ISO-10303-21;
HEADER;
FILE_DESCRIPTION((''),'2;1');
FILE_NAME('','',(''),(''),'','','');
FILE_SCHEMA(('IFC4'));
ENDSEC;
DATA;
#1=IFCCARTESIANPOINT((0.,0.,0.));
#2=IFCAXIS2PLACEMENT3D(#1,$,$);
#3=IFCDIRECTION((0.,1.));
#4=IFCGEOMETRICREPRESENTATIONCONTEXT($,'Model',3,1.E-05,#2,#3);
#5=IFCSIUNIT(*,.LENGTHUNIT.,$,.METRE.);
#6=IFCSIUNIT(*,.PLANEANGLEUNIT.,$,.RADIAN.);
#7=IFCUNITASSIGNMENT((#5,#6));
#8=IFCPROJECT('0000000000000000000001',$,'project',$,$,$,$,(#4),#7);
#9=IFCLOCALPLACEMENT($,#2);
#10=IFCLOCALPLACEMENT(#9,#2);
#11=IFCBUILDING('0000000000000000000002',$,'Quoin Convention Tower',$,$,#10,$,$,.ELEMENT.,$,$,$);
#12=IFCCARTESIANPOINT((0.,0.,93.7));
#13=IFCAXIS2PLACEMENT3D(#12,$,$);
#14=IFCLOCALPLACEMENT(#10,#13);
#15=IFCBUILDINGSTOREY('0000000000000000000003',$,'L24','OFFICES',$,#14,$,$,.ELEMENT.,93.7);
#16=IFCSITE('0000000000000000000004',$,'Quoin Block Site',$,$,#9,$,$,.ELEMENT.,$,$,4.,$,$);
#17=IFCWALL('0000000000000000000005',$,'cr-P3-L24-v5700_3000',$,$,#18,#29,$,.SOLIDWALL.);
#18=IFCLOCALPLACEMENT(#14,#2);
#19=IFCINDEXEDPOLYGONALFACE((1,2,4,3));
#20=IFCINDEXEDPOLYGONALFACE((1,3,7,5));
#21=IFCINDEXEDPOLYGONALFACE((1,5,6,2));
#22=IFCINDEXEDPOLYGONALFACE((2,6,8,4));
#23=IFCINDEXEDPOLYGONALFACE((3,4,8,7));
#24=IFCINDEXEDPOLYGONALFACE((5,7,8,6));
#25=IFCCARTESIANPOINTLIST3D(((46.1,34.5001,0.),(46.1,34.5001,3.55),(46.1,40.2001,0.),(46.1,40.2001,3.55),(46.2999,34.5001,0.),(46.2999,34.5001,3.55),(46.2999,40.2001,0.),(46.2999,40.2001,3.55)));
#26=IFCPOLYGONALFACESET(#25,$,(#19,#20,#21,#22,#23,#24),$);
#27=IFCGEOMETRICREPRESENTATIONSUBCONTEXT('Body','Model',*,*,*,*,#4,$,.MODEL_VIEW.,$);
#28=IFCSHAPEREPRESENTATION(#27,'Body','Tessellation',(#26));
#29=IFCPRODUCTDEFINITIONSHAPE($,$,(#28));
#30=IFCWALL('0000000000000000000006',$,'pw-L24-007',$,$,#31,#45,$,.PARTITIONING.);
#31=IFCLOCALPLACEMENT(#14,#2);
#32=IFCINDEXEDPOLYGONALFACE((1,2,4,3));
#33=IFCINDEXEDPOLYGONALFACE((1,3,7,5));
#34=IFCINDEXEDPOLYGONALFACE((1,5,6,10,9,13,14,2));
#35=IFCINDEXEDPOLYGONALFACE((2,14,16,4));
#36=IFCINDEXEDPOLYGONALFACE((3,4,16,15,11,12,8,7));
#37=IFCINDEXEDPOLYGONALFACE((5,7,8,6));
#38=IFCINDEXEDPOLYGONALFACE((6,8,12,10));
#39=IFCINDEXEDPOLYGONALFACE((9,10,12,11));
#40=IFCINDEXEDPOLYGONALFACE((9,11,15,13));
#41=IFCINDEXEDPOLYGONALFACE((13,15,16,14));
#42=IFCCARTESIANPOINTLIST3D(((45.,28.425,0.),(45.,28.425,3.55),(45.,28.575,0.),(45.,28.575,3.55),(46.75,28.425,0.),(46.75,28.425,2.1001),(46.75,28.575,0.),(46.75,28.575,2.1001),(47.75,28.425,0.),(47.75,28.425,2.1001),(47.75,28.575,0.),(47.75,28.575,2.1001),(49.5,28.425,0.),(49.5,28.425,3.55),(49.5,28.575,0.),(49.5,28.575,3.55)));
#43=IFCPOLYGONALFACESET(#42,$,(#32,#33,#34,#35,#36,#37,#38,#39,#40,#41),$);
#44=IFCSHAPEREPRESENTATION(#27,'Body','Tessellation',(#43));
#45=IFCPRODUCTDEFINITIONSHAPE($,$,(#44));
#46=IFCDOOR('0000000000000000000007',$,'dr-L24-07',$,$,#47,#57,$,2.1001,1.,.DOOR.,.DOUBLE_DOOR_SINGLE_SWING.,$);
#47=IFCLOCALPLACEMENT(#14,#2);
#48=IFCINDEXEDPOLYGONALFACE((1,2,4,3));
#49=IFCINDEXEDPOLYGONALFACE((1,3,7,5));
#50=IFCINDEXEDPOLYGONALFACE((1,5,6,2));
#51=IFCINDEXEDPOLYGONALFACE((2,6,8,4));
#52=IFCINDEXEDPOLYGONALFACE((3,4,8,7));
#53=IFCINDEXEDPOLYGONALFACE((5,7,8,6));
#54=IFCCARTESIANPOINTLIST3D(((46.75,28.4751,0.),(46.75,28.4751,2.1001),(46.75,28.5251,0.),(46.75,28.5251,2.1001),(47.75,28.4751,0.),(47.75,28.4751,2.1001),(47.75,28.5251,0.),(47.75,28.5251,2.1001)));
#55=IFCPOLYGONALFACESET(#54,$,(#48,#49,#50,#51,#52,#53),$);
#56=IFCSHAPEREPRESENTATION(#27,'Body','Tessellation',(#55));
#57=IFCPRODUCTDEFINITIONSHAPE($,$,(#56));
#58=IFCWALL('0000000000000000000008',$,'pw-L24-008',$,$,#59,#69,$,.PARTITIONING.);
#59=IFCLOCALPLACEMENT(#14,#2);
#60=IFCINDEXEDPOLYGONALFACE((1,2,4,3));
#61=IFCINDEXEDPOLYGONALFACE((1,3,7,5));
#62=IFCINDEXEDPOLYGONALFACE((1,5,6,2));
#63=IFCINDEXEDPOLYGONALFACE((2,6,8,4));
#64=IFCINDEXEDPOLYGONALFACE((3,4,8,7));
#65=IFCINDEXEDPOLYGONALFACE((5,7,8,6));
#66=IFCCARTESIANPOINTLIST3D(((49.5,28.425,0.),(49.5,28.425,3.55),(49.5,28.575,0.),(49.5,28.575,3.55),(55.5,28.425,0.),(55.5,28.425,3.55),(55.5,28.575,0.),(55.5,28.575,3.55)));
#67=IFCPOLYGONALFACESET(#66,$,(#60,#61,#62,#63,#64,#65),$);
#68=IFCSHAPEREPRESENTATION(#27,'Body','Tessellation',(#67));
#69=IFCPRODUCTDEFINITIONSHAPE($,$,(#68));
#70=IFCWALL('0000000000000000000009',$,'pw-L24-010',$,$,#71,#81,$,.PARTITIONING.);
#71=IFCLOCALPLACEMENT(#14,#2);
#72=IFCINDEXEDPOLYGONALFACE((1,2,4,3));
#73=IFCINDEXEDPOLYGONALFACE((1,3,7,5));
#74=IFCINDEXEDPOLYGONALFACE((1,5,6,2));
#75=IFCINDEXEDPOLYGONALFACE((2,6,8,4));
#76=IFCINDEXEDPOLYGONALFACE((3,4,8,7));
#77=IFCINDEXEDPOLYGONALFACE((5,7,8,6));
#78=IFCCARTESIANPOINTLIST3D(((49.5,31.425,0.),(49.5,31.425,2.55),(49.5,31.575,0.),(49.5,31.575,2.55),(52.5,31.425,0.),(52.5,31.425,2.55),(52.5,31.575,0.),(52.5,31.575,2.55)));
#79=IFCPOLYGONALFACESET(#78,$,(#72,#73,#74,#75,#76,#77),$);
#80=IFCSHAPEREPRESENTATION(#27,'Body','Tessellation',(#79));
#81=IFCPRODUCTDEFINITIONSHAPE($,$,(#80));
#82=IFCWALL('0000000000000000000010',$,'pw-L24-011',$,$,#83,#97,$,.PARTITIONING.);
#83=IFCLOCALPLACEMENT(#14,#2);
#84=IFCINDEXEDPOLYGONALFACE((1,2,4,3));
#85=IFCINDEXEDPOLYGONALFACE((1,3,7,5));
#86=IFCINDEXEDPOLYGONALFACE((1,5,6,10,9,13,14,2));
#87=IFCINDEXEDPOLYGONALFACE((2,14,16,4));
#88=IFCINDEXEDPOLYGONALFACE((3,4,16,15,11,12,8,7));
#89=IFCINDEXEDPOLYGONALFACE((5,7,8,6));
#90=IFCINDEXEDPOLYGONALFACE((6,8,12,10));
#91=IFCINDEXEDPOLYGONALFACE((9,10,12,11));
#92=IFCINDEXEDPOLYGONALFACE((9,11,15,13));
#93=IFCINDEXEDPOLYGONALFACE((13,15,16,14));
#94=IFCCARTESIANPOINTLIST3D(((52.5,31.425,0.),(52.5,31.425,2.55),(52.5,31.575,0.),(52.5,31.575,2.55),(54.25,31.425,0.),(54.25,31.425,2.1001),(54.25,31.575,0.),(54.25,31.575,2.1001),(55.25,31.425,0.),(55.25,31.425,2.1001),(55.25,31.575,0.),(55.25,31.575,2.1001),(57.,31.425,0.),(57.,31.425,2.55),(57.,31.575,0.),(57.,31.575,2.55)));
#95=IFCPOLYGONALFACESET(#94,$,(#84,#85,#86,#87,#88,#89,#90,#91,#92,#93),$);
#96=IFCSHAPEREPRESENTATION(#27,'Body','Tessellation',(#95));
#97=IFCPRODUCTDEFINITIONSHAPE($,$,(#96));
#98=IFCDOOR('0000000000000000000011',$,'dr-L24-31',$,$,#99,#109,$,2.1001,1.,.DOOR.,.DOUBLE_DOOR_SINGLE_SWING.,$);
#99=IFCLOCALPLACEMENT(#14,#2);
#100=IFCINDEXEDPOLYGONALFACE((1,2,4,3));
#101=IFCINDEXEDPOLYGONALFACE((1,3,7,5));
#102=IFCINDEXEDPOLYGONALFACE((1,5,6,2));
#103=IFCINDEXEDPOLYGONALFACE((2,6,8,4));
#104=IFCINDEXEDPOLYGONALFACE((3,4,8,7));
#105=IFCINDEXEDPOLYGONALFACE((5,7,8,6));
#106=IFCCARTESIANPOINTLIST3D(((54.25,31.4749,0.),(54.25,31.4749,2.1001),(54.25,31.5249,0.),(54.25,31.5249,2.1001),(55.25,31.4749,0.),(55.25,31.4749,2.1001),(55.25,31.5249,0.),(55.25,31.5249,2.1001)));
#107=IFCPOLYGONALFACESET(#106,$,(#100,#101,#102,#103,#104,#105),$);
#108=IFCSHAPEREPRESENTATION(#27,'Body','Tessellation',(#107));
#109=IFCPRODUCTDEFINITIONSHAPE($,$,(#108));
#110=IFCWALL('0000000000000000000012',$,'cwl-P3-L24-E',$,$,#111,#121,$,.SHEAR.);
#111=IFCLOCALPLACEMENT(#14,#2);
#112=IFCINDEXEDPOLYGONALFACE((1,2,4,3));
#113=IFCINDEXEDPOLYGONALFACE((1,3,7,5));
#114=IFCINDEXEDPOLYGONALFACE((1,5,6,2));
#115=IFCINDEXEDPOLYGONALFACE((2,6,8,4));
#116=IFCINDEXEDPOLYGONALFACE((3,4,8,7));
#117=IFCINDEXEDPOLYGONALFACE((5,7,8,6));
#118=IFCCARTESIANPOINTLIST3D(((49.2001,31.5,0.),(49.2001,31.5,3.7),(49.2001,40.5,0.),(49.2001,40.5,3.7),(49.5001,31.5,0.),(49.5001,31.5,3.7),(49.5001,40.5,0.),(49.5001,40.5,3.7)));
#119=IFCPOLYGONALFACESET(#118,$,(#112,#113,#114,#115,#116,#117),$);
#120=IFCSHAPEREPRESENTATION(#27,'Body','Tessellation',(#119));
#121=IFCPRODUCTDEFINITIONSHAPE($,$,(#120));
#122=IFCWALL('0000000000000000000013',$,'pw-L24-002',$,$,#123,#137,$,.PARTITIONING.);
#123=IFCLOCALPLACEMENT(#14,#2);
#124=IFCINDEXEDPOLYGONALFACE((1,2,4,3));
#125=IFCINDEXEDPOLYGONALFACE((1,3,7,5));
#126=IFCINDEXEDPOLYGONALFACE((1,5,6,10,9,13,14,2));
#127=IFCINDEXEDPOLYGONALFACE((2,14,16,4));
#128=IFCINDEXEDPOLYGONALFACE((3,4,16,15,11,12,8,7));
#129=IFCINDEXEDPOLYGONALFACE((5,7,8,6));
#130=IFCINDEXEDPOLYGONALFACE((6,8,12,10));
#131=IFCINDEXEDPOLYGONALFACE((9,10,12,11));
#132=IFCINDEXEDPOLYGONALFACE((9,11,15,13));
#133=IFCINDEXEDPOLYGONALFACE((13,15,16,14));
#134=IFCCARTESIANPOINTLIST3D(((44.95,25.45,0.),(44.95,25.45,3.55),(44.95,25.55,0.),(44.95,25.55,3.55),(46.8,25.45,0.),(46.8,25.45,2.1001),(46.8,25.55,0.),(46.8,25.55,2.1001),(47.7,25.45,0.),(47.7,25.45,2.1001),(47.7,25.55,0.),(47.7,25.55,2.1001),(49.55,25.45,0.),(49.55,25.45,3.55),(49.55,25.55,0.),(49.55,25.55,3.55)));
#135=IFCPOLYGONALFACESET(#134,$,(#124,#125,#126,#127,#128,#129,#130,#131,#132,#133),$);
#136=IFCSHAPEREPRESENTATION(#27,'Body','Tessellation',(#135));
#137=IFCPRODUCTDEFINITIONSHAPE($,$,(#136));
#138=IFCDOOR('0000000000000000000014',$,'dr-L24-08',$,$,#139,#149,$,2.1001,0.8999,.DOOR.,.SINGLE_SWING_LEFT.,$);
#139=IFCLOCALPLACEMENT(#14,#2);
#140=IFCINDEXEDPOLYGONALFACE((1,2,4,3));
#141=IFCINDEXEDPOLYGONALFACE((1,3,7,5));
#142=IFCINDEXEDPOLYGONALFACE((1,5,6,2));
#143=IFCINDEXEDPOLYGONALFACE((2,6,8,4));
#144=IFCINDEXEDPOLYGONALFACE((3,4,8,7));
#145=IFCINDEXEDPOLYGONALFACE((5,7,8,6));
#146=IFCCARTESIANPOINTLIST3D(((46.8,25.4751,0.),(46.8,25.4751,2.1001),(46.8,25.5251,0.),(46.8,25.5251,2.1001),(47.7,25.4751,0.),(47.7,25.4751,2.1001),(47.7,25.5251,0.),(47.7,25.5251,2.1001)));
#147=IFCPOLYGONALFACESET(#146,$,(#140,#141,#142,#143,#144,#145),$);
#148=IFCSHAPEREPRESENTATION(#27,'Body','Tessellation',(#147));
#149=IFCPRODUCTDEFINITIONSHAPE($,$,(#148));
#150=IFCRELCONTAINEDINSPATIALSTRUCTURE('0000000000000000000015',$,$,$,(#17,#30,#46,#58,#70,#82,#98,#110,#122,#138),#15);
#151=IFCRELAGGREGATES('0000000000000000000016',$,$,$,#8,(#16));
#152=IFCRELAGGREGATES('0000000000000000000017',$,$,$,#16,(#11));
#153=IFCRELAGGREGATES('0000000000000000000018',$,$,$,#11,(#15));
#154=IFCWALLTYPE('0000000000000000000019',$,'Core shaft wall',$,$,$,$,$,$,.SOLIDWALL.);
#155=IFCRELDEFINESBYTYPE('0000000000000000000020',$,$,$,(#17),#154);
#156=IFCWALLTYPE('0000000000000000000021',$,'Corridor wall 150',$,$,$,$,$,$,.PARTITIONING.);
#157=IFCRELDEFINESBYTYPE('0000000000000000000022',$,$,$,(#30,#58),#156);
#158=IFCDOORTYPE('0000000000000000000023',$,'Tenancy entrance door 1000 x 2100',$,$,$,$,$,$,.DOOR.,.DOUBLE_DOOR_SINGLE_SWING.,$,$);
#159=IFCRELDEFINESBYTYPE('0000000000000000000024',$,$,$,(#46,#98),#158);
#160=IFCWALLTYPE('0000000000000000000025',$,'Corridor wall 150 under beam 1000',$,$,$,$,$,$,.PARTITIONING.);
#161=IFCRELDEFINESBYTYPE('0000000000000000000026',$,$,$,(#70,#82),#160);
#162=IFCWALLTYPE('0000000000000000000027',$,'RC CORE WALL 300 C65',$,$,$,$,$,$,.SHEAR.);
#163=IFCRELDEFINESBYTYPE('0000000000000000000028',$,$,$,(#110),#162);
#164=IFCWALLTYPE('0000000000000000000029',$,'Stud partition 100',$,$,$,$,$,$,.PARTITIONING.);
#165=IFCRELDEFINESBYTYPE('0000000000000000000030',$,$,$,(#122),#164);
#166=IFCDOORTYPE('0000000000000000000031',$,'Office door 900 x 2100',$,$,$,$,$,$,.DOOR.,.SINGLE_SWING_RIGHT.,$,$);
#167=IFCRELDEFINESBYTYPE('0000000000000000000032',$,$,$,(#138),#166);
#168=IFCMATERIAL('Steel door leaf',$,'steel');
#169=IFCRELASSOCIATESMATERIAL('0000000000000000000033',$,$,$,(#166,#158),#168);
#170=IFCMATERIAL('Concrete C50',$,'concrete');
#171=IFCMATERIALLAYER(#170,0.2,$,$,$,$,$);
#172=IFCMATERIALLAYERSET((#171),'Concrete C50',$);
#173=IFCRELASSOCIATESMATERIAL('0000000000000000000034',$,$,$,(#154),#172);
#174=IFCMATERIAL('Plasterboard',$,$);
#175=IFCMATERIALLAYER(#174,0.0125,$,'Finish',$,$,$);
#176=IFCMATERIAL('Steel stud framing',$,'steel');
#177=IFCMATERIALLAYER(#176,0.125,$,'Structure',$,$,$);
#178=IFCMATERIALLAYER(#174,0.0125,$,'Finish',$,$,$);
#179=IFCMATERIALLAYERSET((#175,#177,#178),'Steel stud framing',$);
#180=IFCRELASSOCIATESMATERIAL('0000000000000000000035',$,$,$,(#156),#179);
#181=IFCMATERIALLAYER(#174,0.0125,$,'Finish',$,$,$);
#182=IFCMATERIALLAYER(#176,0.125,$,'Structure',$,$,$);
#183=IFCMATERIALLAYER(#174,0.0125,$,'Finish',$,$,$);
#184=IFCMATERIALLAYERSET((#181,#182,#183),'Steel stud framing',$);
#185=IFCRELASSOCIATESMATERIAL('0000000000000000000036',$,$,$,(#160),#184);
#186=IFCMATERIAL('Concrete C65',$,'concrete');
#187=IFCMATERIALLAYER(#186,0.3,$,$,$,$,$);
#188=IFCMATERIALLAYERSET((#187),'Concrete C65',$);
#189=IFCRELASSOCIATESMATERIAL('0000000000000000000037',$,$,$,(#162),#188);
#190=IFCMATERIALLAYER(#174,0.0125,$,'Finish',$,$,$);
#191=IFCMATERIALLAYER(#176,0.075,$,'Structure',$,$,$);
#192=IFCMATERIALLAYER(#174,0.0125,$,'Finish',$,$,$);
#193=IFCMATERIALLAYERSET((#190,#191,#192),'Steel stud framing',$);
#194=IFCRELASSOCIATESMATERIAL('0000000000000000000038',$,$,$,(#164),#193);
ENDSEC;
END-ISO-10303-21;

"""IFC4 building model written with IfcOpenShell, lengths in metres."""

from ifc_helpers import new_model, si_unit, direction, frame, frame_2d, origin, place, context, subcontext, project, spatial, rectangle, extrude, material, layer, layer_set, type_object, element, fill, save


model = new_model("IFC4")

# Units and contexts
model_context = context("Model", 3, precision=1e-05, world=origin(), true_north=direction((0.0, 1.0)))
body_context = subcontext(model_context, "Body", "Model", "MODEL_VIEW")
ifc_project = project(units=[si_unit("LENGTHUNIT", "METRE"), si_unit("PLANEANGLEUNIT", "RADIAN")], contexts=[model_context])

# Site, building, storey
site_placement = place(None, origin())
site = spatial("IfcSite", under=ifc_project, at=site_placement, Name="Quoin Block Site", CompositionType="ELEMENT", RefElevation=4.0)
building_placement = place(site_placement, origin())
building = spatial("IfcBuilding", under=site, at=building_placement, Name="Quoin Convention Tower", CompositionType="ELEMENT")
storey_placement = place(building_placement, frame((0.0, 0.0, 93.7)))
storey = spatial("IfcBuildingStorey", under=building, at=storey_placement, Name="L24", Description="OFFICES", CompositionType="ELEMENT", Elevation=93.7)

# Shared definitions
ifc_material_1 = material(Name="Concrete C65", Category="concrete")

# Shared definitions
ifc_material_2 = material(Name="Plasterboard")
ifc_material_3 = material(Name="Steel stud framing", Category="steel")
ifc_material_4 = material(Name="Steel door leaf", Category="steel")
door_type_1 = type_object("IfcDoorType", Name="Office door 900 x 2100", OperationType="SINGLE_SWING_RIGHT", PredefinedType="DOOR", material=ifc_material_4)

# Wall
ifc_material_5 = material(Name="Concrete C50", Category="concrete")
ifc_layer_1 = layer(ifc_material_5, 0.2)
ifc_layer_set_1 = layer_set([ifc_layer_1], Name="Concrete C50")
wall_type_1 = type_object("IfcWallType", Name="Core shaft wall", PredefinedType="SOLIDWALL", material=ifc_layer_set_1)
wall_1_placement = place(storey_placement, frame((46.2, 34.5, 0.0), z_axis=(0.0, 0.0, 1.0), x_axis=(0.0, 1.0, 0.0)))
element("IfcWall", 1, at=wall_1_placement, inside=storey, type_object=wall_type_1, Name="cr-P3-L24-v5700_3000", PredefinedType="SOLIDWALL", context=body_context, shape_type="SweptSolid", body=[
    extrude(rectangle(XDim=5.7, YDim=0.2, at=frame_2d((2.8501, 0.0))), origin(), (0.0, 0.0, 1.0), 3.55),
])

# Wall, opening, door
ifc_layer_2 = layer(ifc_material_2, 0.0125, Name="Finish")
ifc_layer_3 = layer(ifc_material_3, 0.125, Name="Structure")
ifc_layer_4 = layer(ifc_material_2, 0.0125, Name="Finish")
ifc_layer_set_2 = layer_set([ifc_layer_2, ifc_layer_3, ifc_layer_4], Name="Steel stud framing")
wall_type_2 = type_object("IfcWallType", Name="Corridor wall 150", PredefinedType="PARTITIONING", material=ifc_layer_set_2)
wall_2_placement = place(storey_placement, frame((45.0, 28.5, 0.0), z_axis=(0.0, 0.0, 1.0), x_axis=(1.0, 0.0, 0.0)))
wall_2 = element("IfcWall", 2, at=wall_2_placement, inside=storey, type_object=wall_type_2, Name="pw-L24-007", PredefinedType="PARTITIONING", context=body_context, shape_type="SweptSolid", body=[
    extrude(rectangle(XDim=4.5, YDim=0.1499, at=frame_2d((2.25, 0.0))), origin(), (0.0, 0.0, 1.0), 3.55),
])
opening_1_placement = place(wall_2_placement, frame((1.75, 0.0, 0.0)))
opening_1 = element("IfcOpeningElement", 3, at=opening_1_placement, cuts=wall_2, PredefinedType="OPENING", context=body_context, shape_type="SweptSolid", body=[
    extrude(rectangle(XDim=1.0, YDim=2.1001, at=frame_2d((0.5, 1.05))), frame((0.0, 0.085, 0.0), z_axis=(0.0, -1.0, 0.0), x_axis=(1.0, 0.0, 0.0)), (0.0, 0.0, 1.0), 0.1699),
])
door_type_2 = type_object("IfcDoorType", Name="Tenancy entrance door 1000 x 2100", OperationType="DOUBLE_DOOR_SINGLE_SWING", PredefinedType="DOOR", material=ifc_material_4)
door_1_placement = place(opening_1_placement, frame((1.0, 0.0, 0.0), z_axis=(0.0, 0.0, 1.0), x_axis=(-1.0, 0.0, 0.0)))
door_1 = element("IfcDoor", 4, at=door_1_placement, inside=storey, type_object=door_type_2, Name="dr-L24-07", OperationType="DOUBLE_DOOR_SINGLE_SWING", OverallHeight=2.1001, OverallWidth=1.0, PredefinedType="DOOR", context=body_context, shape_type="SweptSolid", body=[
    extrude(rectangle(XDim=1.0, YDim=2.1001, at=frame_2d((0.5, 1.05))), frame((0.0, 0.0249, 0.0), z_axis=(0.0, -1.0, 0.0), x_axis=(1.0, 0.0, 0.0)), (0.0, 0.0, 1.0), 0.05),
])
fill(opening_1, door_1)

# Walls
wall_3_placement = place(storey_placement, frame((49.5, 28.5, 0.0), z_axis=(0.0, 0.0, 1.0), x_axis=(1.0, 0.0, 0.0)))
element("IfcWall", 5, at=wall_3_placement, inside=storey, type_object=wall_type_2, Name="pw-L24-008", PredefinedType="PARTITIONING", context=body_context, shape_type="SweptSolid", body=[
    extrude(rectangle(XDim=6.0, YDim=0.1499, at=frame_2d((3.0, 0.0))), origin(), (0.0, 0.0, 1.0), 3.55),
])
ifc_layer_5 = layer(ifc_material_2, 0.0125, Name="Finish")
ifc_layer_6 = layer(ifc_material_3, 0.125, Name="Structure")
ifc_layer_7 = layer(ifc_material_2, 0.0125, Name="Finish")
ifc_layer_set_3 = layer_set([ifc_layer_5, ifc_layer_6, ifc_layer_7], Name="Steel stud framing")
wall_type_3 = type_object("IfcWallType", Name="Corridor wall 150 under beam 1000", PredefinedType="PARTITIONING", material=ifc_layer_set_3)
wall_4_placement = place(storey_placement, frame((49.5, 31.5, 0.0), z_axis=(0.0, 0.0, 1.0), x_axis=(1.0, 0.0, 0.0)))
element("IfcWall", 6, at=wall_4_placement, inside=storey, type_object=wall_type_3, Name="pw-L24-010", PredefinedType="PARTITIONING", context=body_context, shape_type="SweptSolid", body=[
    extrude(rectangle(XDim=3.0, YDim=0.1499, at=frame_2d((1.5, 0.0))), origin(), (0.0, 0.0, 1.0), 2.55),
])

# Wall, opening, door
wall_5_placement = place(storey_placement, frame((52.5, 31.5, 0.0), z_axis=(0.0, 0.0, 1.0), x_axis=(1.0, 0.0, 0.0)))
wall_5 = element("IfcWall", 7, at=wall_5_placement, inside=storey, type_object=wall_type_3, Name="pw-L24-011", PredefinedType="PARTITIONING", context=body_context, shape_type="SweptSolid", body=[
    extrude(rectangle(XDim=4.5, YDim=0.1499, at=frame_2d((2.25, 0.0))), origin(), (0.0, 0.0, 1.0), 2.55),
])
opening_2_placement = place(wall_5_placement, frame((1.75, 0.0, 0.0)))
opening_2 = element("IfcOpeningElement", 8, at=opening_2_placement, cuts=wall_5, PredefinedType="OPENING", context=body_context, shape_type="SweptSolid", body=[
    extrude(rectangle(XDim=1.0, YDim=2.1001, at=frame_2d((0.5, 1.05))), frame((0.0, 0.085, 0.0), z_axis=(0.0, -1.0, 0.0), x_axis=(1.0, 0.0, 0.0)), (0.0, 0.0, 1.0), 0.1699),
])
door_2_placement = place(opening_2_placement, origin())
door_2 = element("IfcDoor", 9, at=door_2_placement, inside=storey, type_object=door_type_2, Name="dr-L24-31", OperationType="DOUBLE_DOOR_SINGLE_SWING", OverallHeight=2.1001, OverallWidth=1.0, PredefinedType="DOOR", context=body_context, shape_type="SweptSolid", body=[
    extrude(rectangle(XDim=1.0, YDim=2.1001, at=frame_2d((0.5, 1.05))), frame((0.0, 0.0249, 0.0), z_axis=(0.0, -1.0, 0.0), x_axis=(1.0, 0.0, 0.0)), (0.0, 0.0, 1.0), 0.05),
])
fill(opening_2, door_2)

# Wall
ifc_layer_8 = layer(ifc_material_1, 0.3)
ifc_layer_set_4 = layer_set([ifc_layer_8], Name="Concrete C65")
wall_type_4 = type_object("IfcWallType", Name="RC CORE WALL 300 C65", PredefinedType="SHEAR", material=ifc_layer_set_4)
wall_6_placement = place(storey_placement, frame((49.3501, 31.5, 0.0), z_axis=(0.0, 0.0, 1.0), x_axis=(0.0, 1.0, 0.0)))
element("IfcWall", 10, at=wall_6_placement, inside=storey, type_object=wall_type_4, Name="cwl-P3-L24-E", PredefinedType="SHEAR", context=body_context, shape_type="SweptSolid", body=[
    extrude(rectangle(XDim=9.0, YDim=0.3, at=frame_2d((4.5, 0.0))), origin(), (0.0, 0.0, 1.0), 3.7),
])

# Wall, opening, door
ifc_layer_9 = layer(ifc_material_2, 0.0125, Name="Finish")
ifc_layer_10 = layer(ifc_material_3, 0.075, Name="Structure")
ifc_layer_11 = layer(ifc_material_2, 0.0125, Name="Finish")
ifc_layer_set_5 = layer_set([ifc_layer_9, ifc_layer_10, ifc_layer_11], Name="Steel stud framing")
wall_type_5 = type_object("IfcWallType", Name="Stud partition 100", PredefinedType="PARTITIONING", material=ifc_layer_set_5)
wall_7_placement = place(storey_placement, frame((44.95, 25.5, 0.0), z_axis=(0.0, 0.0, 1.0), x_axis=(1.0, 0.0, 0.0)))
wall_7 = element("IfcWall", 11, at=wall_7_placement, inside=storey, type_object=wall_type_5, Name="pw-L24-002", PredefinedType="PARTITIONING", context=body_context, shape_type="SweptSolid", body=[
    extrude(rectangle(XDim=4.6001, YDim=0.1001, at=frame_2d((2.3, 0.0))), origin(), (0.0, 0.0, 1.0), 3.55),
])
opening_3_placement = place(wall_7_placement, frame((1.8501, 0.0, 0.0)))
opening_3 = element("IfcOpeningElement", 12, at=opening_3_placement, cuts=wall_7, PredefinedType="OPENING", context=body_context, shape_type="SweptSolid", body=[
    extrude(rectangle(XDim=0.8999, YDim=2.1001, at=frame_2d((0.45, 1.05))), frame((0.0, 0.0601, 0.0), z_axis=(0.0, -1.0, 0.0), x_axis=(1.0, 0.0, 0.0)), (0.0, 0.0, 1.0), 0.1201),
])
door_3_placement = place(opening_3_placement, frame((0.8999, 0.0, 0.0), z_axis=(0.0, 0.0, 1.0), x_axis=(-1.0, 0.0, 0.0)))
door_3 = element("IfcDoor", 13, at=door_3_placement, inside=storey, type_object=door_type_1, Name="dr-L24-08", OperationType="SINGLE_SWING_LEFT", OverallHeight=2.1001, OverallWidth=0.8999, PredefinedType="DOOR", context=body_context, shape_type="SweptSolid", body=[
    extrude(rectangle(XDim=0.8999, YDim=2.1001, at=frame_2d((0.45, 1.05))), frame((0.0, 0.0249, 0.0), z_axis=(0.0, -1.0, 0.0), x_axis=(1.0, 0.0, 0.0)), (0.0, 0.0, 1.0), 0.05),
])
fill(opening_3, door_3)

save(model, "model.ifc")
